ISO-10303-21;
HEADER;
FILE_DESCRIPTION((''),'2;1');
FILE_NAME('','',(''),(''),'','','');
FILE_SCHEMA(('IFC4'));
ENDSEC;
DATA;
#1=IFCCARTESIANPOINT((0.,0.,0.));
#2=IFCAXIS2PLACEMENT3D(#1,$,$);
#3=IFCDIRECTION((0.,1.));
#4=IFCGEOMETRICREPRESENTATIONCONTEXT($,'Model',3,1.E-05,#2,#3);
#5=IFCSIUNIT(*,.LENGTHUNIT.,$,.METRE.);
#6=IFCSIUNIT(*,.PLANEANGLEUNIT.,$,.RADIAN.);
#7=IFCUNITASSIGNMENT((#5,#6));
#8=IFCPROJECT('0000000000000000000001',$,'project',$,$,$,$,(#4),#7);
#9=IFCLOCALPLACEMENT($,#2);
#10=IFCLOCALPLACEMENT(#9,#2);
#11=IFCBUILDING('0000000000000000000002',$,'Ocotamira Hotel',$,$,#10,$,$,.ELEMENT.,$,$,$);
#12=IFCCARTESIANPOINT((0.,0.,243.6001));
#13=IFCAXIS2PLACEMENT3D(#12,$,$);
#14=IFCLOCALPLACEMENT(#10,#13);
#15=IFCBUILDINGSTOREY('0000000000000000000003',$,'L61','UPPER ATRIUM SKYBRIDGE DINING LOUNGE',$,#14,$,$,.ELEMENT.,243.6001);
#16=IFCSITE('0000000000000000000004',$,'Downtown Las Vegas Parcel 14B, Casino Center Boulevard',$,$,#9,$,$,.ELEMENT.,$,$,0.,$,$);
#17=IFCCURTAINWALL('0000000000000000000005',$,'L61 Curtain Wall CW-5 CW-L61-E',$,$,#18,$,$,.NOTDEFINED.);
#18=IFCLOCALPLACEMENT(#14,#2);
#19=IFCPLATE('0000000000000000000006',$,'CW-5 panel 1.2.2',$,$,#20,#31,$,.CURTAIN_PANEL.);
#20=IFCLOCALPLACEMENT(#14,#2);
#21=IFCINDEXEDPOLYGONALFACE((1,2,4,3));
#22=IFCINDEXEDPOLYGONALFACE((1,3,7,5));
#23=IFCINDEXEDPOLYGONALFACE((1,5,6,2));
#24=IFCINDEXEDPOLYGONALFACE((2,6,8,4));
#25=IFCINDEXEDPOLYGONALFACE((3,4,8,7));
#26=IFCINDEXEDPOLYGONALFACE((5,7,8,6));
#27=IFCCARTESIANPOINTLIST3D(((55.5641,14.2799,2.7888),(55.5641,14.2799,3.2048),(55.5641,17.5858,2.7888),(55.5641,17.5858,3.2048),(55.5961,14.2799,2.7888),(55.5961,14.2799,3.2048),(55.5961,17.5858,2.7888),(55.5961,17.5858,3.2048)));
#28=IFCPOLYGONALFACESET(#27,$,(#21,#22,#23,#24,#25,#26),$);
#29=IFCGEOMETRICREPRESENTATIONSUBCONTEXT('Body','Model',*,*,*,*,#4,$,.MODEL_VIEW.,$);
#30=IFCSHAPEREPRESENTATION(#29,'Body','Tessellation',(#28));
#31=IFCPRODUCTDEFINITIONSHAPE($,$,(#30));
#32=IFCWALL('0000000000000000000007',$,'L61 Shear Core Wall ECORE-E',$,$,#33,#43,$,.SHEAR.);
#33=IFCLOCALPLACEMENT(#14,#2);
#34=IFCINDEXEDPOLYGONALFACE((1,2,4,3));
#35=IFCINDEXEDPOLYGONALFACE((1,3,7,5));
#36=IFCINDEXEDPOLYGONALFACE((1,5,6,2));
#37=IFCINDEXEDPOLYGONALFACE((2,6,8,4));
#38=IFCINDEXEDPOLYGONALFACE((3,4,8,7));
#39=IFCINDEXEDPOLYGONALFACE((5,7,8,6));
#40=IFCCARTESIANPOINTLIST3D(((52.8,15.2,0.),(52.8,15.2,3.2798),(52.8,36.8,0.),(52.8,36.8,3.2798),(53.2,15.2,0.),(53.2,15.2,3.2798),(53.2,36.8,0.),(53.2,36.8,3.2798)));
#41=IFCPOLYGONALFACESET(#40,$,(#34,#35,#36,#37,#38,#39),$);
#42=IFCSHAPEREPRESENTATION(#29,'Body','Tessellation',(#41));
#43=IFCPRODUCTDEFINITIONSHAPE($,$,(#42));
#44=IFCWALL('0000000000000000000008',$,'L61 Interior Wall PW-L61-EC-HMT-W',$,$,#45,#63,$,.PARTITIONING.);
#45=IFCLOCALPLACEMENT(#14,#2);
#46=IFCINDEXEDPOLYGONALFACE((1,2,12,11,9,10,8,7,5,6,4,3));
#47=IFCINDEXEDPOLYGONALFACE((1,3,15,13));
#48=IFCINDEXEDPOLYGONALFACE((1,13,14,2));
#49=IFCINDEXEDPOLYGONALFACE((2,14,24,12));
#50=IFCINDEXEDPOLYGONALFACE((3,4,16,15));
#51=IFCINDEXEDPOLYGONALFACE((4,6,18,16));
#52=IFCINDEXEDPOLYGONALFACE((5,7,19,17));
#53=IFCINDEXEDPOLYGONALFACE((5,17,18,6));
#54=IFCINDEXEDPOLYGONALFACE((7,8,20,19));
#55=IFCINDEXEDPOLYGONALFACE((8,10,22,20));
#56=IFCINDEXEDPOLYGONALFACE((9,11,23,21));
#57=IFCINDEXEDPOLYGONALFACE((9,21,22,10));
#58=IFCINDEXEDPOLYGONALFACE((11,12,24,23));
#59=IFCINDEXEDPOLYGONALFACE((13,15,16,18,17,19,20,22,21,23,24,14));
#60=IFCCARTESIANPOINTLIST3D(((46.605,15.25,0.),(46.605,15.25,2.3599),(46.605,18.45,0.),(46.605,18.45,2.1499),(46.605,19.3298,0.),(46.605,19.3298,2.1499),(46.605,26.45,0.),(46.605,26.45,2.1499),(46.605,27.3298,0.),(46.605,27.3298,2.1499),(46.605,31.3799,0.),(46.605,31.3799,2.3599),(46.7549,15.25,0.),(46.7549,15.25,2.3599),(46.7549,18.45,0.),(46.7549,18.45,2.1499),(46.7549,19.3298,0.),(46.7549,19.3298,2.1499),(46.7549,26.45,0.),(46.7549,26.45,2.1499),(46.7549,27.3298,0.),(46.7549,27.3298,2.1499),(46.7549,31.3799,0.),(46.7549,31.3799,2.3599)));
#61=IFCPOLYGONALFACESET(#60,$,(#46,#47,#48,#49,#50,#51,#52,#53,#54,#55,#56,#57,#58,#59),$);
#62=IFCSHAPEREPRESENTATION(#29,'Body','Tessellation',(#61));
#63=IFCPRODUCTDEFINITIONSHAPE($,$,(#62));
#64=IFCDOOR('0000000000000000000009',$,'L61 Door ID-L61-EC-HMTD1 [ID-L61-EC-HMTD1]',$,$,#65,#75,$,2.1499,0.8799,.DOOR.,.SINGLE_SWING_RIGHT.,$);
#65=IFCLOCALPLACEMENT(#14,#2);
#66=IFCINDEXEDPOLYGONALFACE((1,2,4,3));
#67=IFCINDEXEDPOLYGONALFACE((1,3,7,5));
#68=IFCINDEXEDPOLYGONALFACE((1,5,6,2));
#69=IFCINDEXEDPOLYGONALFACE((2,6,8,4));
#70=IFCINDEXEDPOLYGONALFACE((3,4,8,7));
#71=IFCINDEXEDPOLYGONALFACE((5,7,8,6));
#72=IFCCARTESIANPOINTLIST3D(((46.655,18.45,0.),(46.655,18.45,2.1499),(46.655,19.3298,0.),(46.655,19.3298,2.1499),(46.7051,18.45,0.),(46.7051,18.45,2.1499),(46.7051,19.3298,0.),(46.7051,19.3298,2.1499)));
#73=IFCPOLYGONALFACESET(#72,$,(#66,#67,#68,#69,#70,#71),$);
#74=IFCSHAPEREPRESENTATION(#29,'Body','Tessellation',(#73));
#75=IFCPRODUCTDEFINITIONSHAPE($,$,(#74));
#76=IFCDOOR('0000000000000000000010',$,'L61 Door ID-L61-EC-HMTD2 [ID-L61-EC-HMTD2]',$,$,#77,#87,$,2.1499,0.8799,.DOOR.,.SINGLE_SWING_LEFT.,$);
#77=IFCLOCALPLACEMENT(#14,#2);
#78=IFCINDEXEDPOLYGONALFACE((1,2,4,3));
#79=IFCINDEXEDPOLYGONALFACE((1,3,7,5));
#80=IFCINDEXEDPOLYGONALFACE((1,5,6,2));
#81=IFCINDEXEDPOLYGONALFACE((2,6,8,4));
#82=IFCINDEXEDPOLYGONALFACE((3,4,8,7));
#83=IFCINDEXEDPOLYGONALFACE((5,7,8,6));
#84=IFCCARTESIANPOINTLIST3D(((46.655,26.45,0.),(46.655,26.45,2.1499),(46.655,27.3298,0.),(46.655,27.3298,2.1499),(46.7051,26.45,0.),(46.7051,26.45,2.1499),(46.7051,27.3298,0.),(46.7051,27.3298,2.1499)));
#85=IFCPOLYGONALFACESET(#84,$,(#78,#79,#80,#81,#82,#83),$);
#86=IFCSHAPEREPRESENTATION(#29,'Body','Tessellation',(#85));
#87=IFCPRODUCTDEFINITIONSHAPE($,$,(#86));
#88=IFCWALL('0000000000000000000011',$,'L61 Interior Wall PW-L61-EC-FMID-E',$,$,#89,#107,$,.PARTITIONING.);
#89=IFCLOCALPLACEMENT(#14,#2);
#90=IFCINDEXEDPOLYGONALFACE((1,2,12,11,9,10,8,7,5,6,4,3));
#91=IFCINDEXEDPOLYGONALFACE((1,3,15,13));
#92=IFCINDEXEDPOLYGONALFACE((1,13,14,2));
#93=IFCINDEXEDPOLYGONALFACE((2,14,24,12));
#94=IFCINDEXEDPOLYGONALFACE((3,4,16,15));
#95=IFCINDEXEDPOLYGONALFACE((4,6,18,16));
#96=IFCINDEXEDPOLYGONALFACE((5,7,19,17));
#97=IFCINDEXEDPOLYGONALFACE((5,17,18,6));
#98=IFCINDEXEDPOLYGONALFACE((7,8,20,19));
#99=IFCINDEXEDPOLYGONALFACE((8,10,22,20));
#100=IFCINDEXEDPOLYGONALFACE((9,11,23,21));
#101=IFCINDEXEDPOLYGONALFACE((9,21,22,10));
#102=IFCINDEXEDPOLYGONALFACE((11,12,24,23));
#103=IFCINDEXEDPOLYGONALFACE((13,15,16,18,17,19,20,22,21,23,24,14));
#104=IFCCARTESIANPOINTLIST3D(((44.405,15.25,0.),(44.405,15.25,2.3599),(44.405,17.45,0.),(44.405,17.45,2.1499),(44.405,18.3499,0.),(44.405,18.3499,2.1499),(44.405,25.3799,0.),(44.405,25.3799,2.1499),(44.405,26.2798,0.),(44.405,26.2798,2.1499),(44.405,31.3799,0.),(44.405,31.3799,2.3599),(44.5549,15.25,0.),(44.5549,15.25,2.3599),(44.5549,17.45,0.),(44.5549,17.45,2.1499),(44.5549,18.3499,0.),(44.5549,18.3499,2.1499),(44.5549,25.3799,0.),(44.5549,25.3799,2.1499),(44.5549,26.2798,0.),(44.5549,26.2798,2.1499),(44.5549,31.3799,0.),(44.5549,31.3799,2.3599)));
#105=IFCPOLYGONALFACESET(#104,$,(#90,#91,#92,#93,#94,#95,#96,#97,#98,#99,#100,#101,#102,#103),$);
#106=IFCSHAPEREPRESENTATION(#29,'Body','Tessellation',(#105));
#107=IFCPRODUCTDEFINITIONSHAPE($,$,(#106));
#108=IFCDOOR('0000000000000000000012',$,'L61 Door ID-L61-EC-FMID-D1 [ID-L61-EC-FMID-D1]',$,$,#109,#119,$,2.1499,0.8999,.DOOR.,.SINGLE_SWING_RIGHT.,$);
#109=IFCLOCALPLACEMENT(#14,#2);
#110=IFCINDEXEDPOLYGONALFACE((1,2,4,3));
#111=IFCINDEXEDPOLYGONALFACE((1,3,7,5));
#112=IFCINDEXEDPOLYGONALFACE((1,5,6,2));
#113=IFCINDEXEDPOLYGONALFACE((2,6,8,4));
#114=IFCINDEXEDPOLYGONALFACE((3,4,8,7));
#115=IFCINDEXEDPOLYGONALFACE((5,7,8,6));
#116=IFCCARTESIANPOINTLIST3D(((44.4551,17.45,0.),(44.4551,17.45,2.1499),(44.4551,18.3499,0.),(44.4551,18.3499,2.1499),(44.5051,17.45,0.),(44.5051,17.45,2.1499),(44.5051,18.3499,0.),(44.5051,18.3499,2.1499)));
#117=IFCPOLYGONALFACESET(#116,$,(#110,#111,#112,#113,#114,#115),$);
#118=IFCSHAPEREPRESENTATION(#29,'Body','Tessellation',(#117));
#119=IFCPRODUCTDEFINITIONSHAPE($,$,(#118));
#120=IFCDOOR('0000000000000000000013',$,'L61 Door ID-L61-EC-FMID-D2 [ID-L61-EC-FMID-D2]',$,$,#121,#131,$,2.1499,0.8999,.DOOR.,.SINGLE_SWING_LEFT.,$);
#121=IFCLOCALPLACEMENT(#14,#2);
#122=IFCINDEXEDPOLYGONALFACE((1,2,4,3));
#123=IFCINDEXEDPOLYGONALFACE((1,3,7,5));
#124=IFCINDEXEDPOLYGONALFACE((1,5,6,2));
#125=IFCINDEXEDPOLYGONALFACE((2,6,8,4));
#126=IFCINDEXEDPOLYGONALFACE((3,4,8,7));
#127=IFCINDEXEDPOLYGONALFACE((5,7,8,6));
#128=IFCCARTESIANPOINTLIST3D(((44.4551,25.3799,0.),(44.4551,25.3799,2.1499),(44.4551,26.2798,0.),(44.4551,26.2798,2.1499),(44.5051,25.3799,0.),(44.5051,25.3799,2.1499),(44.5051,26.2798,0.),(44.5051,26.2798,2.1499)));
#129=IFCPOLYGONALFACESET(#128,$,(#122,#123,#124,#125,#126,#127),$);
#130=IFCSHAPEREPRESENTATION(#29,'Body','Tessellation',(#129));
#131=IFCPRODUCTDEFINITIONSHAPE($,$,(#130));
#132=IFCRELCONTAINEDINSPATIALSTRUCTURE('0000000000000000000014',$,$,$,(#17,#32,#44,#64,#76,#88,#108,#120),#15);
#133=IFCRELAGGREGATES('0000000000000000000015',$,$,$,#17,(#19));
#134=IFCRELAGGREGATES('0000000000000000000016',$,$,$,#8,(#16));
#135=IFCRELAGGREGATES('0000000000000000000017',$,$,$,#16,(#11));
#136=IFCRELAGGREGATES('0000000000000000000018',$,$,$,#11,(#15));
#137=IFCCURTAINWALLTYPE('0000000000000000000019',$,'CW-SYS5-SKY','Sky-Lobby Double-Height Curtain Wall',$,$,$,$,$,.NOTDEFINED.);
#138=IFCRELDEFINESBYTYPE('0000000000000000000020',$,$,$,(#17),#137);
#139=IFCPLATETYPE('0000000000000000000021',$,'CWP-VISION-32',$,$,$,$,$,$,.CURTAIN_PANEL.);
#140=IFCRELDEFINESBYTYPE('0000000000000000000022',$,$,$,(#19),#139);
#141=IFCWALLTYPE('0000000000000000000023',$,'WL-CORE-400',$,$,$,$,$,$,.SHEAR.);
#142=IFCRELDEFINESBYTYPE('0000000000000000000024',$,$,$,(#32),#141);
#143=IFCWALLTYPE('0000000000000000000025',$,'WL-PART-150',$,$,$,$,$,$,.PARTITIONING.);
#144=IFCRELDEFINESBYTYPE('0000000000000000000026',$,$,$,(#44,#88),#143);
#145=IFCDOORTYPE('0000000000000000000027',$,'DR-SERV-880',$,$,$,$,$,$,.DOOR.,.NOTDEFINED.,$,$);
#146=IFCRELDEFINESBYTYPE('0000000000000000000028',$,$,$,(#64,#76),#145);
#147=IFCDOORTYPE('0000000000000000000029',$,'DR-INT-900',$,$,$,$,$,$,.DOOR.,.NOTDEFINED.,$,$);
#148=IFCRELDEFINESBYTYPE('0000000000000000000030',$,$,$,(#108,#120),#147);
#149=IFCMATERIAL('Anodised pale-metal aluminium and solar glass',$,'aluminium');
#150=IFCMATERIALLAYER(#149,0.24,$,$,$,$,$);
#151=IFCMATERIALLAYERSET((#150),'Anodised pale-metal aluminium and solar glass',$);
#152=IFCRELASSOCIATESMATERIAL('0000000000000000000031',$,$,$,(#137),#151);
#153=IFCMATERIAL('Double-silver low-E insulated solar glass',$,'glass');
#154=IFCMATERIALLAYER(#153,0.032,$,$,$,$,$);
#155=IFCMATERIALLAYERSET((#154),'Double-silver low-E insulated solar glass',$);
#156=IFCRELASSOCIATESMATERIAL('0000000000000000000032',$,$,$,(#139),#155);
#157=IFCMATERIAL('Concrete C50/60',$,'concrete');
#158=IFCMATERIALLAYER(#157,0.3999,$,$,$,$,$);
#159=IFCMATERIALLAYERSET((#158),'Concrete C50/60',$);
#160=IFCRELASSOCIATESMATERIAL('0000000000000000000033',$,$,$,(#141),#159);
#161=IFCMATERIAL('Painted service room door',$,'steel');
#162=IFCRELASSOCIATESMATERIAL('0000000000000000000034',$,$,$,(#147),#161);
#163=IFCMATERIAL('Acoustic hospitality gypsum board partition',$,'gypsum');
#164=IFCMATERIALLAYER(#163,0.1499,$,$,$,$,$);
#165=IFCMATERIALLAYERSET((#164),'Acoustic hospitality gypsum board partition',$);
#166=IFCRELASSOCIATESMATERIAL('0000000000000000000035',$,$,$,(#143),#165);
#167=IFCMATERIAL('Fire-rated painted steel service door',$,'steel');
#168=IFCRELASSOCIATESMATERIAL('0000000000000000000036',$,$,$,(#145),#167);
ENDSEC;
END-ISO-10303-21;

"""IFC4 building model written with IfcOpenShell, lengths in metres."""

from ifc_helpers import new_model, si_unit, direction, frame, frame_2d, origin, origin_2d, place, context, subcontext, project, spatial, rectangle, extrude, source, transform, mapped, material, layer, layer_set, type_object, element, fill, aggregate, save


model = new_model("IFC4")

# Units and contexts
model_context = context("Model", 3, precision=1e-05, world=origin(), true_north=direction((0.0, 1.0)))
body_context = subcontext(model_context, "Body", "Model", "MODEL_VIEW")
ifc_project = project(units=[si_unit("LENGTHUNIT", "METRE"), si_unit("PLANEANGLEUNIT", "RADIAN")], contexts=[model_context])

# Site, building, storey
site_placement = place(None, origin())
site = spatial("IfcSite", under=ifc_project, at=site_placement, Name="Downtown Las Vegas Parcel 14B, Casino Center Boulevard", CompositionType="ELEMENT", RefElevation=0.0)
building_placement = place(site_placement, origin())
building = spatial("IfcBuilding", under=site, at=building_placement, Name="Ocotamira Hotel", CompositionType="ELEMENT")
storey_placement = place(building_placement, frame((0.0, 0.0, 243.6001)))
storey = spatial("IfcBuildingStorey", under=building, at=storey_placement, Name="L61", Description="UPPER ATRIUM SKYBRIDGE DINING LOUNGE", CompositionType="ELEMENT", Elevation=243.6001)

# Curtain wall
ifc_material_1 = material(Name="Anodised pale-metal aluminium and solar glass", Category="aluminium")
ifc_layer_1 = layer(ifc_material_1, 0.24)
ifc_layer_set_1 = layer_set([ifc_layer_1], Name="Anodised pale-metal aluminium and solar glass")
curtain_wall_type = type_object("IfcCurtainWallType", Name="CW-SYS5-SKY", Description="Sky-Lobby Double-Height Curtain Wall", PredefinedType="NOTDEFINED", material=ifc_layer_set_1)
curtain_wall_placement = place(storey_placement, origin())
curtain_wall = element("IfcCurtainWall", 1, at=curtain_wall_placement, inside=storey, type_object=curtain_wall_type, Name="L61 Curtain Wall CW-5 CW-L61-E", PredefinedType="NOTDEFINED")

# Plate
ifc_material_2 = material(Name="Double-silver low-E insulated solar glass", Category="glass")
ifc_layer_2 = layer(ifc_material_2, 0.032)
ifc_layer_set_2 = layer_set([ifc_layer_2], Name="Double-silver low-E insulated solar glass")
plate_type_1 = type_object("IfcPlateType", Name="CWP-VISION-32", PredefinedType="CURTAIN_PANEL", material=ifc_layer_set_2)
shared_shape_1 = source(origin(), body_context, "Body", "SweptSolid", [
    extrude(rectangle(XDim=3.3059, YDim=0.032, at=origin_2d()), origin(), (0.0, 0.0, 1.0), 0.416),
])
plate_1_placement = place(storey_placement, frame((55.5801, 15.9329, 2.7888), z_axis=(0.0, 0.0, 1.0), x_axis=(0.0, 1.0, 0.0)))
plate_1 = element("IfcPlate", 2, at=plate_1_placement, type_object=plate_type_1, Name="CW-5 panel 1.2.2", PredefinedType="CURTAIN_PANEL", context=body_context, shape_type="MappedRepresentation", body=[
    mapped(shared_shape_1, transform((0.0, 0.0, 0.0), scale=1.0)),
])
aggregate(curtain_wall, [plate_1])

# Wall
ifc_material_3 = material(Name="Concrete C50/60", Category="concrete")
ifc_layer_3 = layer(ifc_material_3, 0.3999)
ifc_layer_set_3 = layer_set([ifc_layer_3], Name="Concrete C50/60")
wall_type_1 = type_object("IfcWallType", Name="WL-CORE-400", PredefinedType="SHEAR", material=ifc_layer_set_3)
wall_1_placement = place(storey_placement, frame((53.0, 15.2, 0.0), z_axis=(0.0, 0.0, 1.0), x_axis=(0.0, 1.0, 0.0)))
element("IfcWall", 3, at=wall_1_placement, inside=storey, type_object=wall_type_1, Name="L61 Shear Core Wall ECORE-E", PredefinedType="SHEAR", context=body_context, shape_type="SweptSolid", body=[
    extrude(rectangle(XDim=21.6001, YDim=0.3999, at=frame_2d((10.8, 0.0))), origin(), (0.0, 0.0, 1.0), 3.2798),
])

# Walls, openings, doors
ifc_material_4 = material(Name="Painted service room door", Category="steel")
door_type_1 = type_object("IfcDoorType", Name="DR-INT-900", OperationType="NOTDEFINED", PredefinedType="DOOR", material=ifc_material_4)
shared_shape_2 = source(origin(), body_context, "Body", "SweptSolid", [
    extrude(rectangle(XDim=0.8999, YDim=2.1499, at=frame_2d((0.45, 1.075))), frame((0.0, 0.0249, 0.0), z_axis=(0.0, -1.0, 0.0), x_axis=(1.0, 0.0, 0.0)), (0.0, 0.0, 1.0), 0.05),
])
ifc_material_5 = material(Name="Acoustic hospitality gypsum board partition", Category="gypsum")
ifc_layer_4 = layer(ifc_material_5, 0.1499)
ifc_layer_set_4 = layer_set([ifc_layer_4], Name="Acoustic hospitality gypsum board partition")
wall_type_2 = type_object("IfcWallType", Name="WL-PART-150", PredefinedType="PARTITIONING", material=ifc_layer_set_4)
wall_2_placement = place(storey_placement, frame((46.6799, 15.25, 0.0), z_axis=(0.0, 0.0, 1.0), x_axis=(0.0, 1.0, 0.0)))
wall_2 = element("IfcWall", 4, at=wall_2_placement, inside=storey, type_object=wall_type_2, Name="L61 Interior Wall PW-L61-EC-HMT-W", PredefinedType="PARTITIONING", context=body_context, shape_type="SweptSolid", body=[
    extrude(rectangle(XDim=16.1299, YDim=0.1499, at=frame_2d((8.0649, 0.0))), origin(), (0.0, 0.0, 1.0), 2.3599),
])
opening_1_placement = place(wall_2_placement, frame((3.2, 0.0, 0.0)))
opening_1 = element("IfcOpeningElement", 5, at=opening_1_placement, cuts=wall_2, PredefinedType="OPENING", context=body_context, shape_type="SweptSolid", body=[
    extrude(rectangle(XDim=0.8799, YDim=2.1499, at=frame_2d((0.4399, 1.075))), frame((0.0, 0.085, 0.0), z_axis=(0.0, -1.0, 0.0), x_axis=(1.0, 0.0, 0.0)), (0.0, 0.0, 1.0), 0.1699),
])
opening_2_placement = place(wall_2_placement, frame((11.2, 0.0, 0.0)))
opening_2 = element("IfcOpeningElement", 6, at=opening_2_placement, cuts=wall_2, PredefinedType="OPENING", context=body_context, shape_type="SweptSolid", body=[
    extrude(rectangle(XDim=0.8799, YDim=2.1499, at=frame_2d((0.4399, 1.075))), frame((0.0, 0.085, 0.0), z_axis=(0.0, -1.0, 0.0), x_axis=(1.0, 0.0, 0.0)), (0.0, 0.0, 1.0), 0.1699),
])
ifc_material_6 = material(Name="Fire-rated painted steel service door", Category="steel")
door_type_2 = type_object("IfcDoorType", Name="DR-SERV-880", OperationType="NOTDEFINED", PredefinedType="DOOR", material=ifc_material_6)
shared_shape_3 = source(origin(), body_context, "Body", "SweptSolid", [
    extrude(rectangle(XDim=0.8799, YDim=2.1499, at=frame_2d((0.4399, 1.075))), frame((0.0, 0.0249, 0.0), z_axis=(0.0, -1.0, 0.0), x_axis=(1.0, 0.0, 0.0)), (0.0, 0.0, 1.0), 0.05),
])
door_1_placement = place(opening_1_placement, origin())
door_1 = element("IfcDoor", 7, at=door_1_placement, inside=storey, type_object=door_type_2, Name="L61 Door ID-L61-EC-HMTD1 [ID-L61-EC-HMTD1]", OperationType="SINGLE_SWING_RIGHT", OverallHeight=2.1499, OverallWidth=0.8799, PredefinedType="DOOR", context=body_context, shape_type="MappedRepresentation", body=[
    mapped(shared_shape_3, transform((0.0, 0.0, 0.0), scale=1.0)),
])
fill(opening_1, door_1)
door_2_placement = place(opening_2_placement, origin())
door_2 = element("IfcDoor", 8, at=door_2_placement, inside=storey, type_object=door_type_2, Name="L61 Door ID-L61-EC-HMTD2 [ID-L61-EC-HMTD2]", OperationType="SINGLE_SWING_LEFT", OverallHeight=2.1499, OverallWidth=0.8799, PredefinedType="DOOR", context=body_context, shape_type="MappedRepresentation", body=[
    mapped(shared_shape_3, transform((0.0, 0.0, 0.0), scale=1.0)),
])
fill(opening_2, door_2)
wall_3_placement = place(storey_placement, frame((44.48, 15.25, 0.0), z_axis=(0.0, 0.0, 1.0), x_axis=(0.0, 1.0, 0.0)))
wall_3 = element("IfcWall", 9, at=wall_3_placement, inside=storey, type_object=wall_type_2, Name="L61 Interior Wall PW-L61-EC-FMID-E", PredefinedType="PARTITIONING", context=body_context, shape_type="SweptSolid", body=[
    extrude(rectangle(XDim=16.1299, YDim=0.1499, at=frame_2d((8.0649, 0.0))), origin(), (0.0, 0.0, 1.0), 2.3599),
])
opening_3_placement = place(wall_3_placement, frame((2.2, 0.0, 0.0)))
opening_3 = element("IfcOpeningElement", 10, at=opening_3_placement, cuts=wall_3, PredefinedType="OPENING", context=body_context, shape_type="SweptSolid", body=[
    extrude(rectangle(XDim=0.8999, YDim=2.1499, at=frame_2d((0.45, 1.075))), frame((0.0, 0.085, 0.0), z_axis=(0.0, -1.0, 0.0), x_axis=(1.0, 0.0, 0.0)), (0.0, 0.0, 1.0), 0.1699),
])
opening_4_placement = place(wall_3_placement, frame((10.1299, 0.0, 0.0)))
opening_4 = element("IfcOpeningElement", 11, at=opening_4_placement, cuts=wall_3, PredefinedType="OPENING", context=body_context, shape_type="SweptSolid", body=[
    extrude(rectangle(XDim=0.8999, YDim=2.1499, at=frame_2d((0.45, 1.075))), frame((0.0, 0.085, 0.0), z_axis=(0.0, -1.0, 0.0), x_axis=(1.0, 0.0, 0.0)), (0.0, 0.0, 1.0), 0.1699),
])
door_3_placement = place(opening_3_placement, origin())
door_3 = element("IfcDoor", 12, at=door_3_placement, inside=storey, type_object=door_type_1, Name="L61 Door ID-L61-EC-FMID-D1 [ID-L61-EC-FMID-D1]", OperationType="SINGLE_SWING_RIGHT", OverallHeight=2.1499, OverallWidth=0.8999, PredefinedType="DOOR", context=body_context, shape_type="MappedRepresentation", body=[
    mapped(shared_shape_2, transform((0.0, 0.0, 0.0), scale=1.0)),
])
fill(opening_3, door_3)
door_4_placement = place(opening_4_placement, origin())
door_4 = element("IfcDoor", 13, at=door_4_placement, inside=storey, type_object=door_type_1, Name="L61 Door ID-L61-EC-FMID-D2 [ID-L61-EC-FMID-D2]", OperationType="SINGLE_SWING_LEFT", OverallHeight=2.1499, OverallWidth=0.8999, PredefinedType="DOOR", context=body_context, shape_type="MappedRepresentation", body=[
    mapped(shared_shape_2, transform((0.0, 0.0, 0.0), scale=1.0)),
])
fill(opening_4, door_4)

save(model, "model.ifc")
